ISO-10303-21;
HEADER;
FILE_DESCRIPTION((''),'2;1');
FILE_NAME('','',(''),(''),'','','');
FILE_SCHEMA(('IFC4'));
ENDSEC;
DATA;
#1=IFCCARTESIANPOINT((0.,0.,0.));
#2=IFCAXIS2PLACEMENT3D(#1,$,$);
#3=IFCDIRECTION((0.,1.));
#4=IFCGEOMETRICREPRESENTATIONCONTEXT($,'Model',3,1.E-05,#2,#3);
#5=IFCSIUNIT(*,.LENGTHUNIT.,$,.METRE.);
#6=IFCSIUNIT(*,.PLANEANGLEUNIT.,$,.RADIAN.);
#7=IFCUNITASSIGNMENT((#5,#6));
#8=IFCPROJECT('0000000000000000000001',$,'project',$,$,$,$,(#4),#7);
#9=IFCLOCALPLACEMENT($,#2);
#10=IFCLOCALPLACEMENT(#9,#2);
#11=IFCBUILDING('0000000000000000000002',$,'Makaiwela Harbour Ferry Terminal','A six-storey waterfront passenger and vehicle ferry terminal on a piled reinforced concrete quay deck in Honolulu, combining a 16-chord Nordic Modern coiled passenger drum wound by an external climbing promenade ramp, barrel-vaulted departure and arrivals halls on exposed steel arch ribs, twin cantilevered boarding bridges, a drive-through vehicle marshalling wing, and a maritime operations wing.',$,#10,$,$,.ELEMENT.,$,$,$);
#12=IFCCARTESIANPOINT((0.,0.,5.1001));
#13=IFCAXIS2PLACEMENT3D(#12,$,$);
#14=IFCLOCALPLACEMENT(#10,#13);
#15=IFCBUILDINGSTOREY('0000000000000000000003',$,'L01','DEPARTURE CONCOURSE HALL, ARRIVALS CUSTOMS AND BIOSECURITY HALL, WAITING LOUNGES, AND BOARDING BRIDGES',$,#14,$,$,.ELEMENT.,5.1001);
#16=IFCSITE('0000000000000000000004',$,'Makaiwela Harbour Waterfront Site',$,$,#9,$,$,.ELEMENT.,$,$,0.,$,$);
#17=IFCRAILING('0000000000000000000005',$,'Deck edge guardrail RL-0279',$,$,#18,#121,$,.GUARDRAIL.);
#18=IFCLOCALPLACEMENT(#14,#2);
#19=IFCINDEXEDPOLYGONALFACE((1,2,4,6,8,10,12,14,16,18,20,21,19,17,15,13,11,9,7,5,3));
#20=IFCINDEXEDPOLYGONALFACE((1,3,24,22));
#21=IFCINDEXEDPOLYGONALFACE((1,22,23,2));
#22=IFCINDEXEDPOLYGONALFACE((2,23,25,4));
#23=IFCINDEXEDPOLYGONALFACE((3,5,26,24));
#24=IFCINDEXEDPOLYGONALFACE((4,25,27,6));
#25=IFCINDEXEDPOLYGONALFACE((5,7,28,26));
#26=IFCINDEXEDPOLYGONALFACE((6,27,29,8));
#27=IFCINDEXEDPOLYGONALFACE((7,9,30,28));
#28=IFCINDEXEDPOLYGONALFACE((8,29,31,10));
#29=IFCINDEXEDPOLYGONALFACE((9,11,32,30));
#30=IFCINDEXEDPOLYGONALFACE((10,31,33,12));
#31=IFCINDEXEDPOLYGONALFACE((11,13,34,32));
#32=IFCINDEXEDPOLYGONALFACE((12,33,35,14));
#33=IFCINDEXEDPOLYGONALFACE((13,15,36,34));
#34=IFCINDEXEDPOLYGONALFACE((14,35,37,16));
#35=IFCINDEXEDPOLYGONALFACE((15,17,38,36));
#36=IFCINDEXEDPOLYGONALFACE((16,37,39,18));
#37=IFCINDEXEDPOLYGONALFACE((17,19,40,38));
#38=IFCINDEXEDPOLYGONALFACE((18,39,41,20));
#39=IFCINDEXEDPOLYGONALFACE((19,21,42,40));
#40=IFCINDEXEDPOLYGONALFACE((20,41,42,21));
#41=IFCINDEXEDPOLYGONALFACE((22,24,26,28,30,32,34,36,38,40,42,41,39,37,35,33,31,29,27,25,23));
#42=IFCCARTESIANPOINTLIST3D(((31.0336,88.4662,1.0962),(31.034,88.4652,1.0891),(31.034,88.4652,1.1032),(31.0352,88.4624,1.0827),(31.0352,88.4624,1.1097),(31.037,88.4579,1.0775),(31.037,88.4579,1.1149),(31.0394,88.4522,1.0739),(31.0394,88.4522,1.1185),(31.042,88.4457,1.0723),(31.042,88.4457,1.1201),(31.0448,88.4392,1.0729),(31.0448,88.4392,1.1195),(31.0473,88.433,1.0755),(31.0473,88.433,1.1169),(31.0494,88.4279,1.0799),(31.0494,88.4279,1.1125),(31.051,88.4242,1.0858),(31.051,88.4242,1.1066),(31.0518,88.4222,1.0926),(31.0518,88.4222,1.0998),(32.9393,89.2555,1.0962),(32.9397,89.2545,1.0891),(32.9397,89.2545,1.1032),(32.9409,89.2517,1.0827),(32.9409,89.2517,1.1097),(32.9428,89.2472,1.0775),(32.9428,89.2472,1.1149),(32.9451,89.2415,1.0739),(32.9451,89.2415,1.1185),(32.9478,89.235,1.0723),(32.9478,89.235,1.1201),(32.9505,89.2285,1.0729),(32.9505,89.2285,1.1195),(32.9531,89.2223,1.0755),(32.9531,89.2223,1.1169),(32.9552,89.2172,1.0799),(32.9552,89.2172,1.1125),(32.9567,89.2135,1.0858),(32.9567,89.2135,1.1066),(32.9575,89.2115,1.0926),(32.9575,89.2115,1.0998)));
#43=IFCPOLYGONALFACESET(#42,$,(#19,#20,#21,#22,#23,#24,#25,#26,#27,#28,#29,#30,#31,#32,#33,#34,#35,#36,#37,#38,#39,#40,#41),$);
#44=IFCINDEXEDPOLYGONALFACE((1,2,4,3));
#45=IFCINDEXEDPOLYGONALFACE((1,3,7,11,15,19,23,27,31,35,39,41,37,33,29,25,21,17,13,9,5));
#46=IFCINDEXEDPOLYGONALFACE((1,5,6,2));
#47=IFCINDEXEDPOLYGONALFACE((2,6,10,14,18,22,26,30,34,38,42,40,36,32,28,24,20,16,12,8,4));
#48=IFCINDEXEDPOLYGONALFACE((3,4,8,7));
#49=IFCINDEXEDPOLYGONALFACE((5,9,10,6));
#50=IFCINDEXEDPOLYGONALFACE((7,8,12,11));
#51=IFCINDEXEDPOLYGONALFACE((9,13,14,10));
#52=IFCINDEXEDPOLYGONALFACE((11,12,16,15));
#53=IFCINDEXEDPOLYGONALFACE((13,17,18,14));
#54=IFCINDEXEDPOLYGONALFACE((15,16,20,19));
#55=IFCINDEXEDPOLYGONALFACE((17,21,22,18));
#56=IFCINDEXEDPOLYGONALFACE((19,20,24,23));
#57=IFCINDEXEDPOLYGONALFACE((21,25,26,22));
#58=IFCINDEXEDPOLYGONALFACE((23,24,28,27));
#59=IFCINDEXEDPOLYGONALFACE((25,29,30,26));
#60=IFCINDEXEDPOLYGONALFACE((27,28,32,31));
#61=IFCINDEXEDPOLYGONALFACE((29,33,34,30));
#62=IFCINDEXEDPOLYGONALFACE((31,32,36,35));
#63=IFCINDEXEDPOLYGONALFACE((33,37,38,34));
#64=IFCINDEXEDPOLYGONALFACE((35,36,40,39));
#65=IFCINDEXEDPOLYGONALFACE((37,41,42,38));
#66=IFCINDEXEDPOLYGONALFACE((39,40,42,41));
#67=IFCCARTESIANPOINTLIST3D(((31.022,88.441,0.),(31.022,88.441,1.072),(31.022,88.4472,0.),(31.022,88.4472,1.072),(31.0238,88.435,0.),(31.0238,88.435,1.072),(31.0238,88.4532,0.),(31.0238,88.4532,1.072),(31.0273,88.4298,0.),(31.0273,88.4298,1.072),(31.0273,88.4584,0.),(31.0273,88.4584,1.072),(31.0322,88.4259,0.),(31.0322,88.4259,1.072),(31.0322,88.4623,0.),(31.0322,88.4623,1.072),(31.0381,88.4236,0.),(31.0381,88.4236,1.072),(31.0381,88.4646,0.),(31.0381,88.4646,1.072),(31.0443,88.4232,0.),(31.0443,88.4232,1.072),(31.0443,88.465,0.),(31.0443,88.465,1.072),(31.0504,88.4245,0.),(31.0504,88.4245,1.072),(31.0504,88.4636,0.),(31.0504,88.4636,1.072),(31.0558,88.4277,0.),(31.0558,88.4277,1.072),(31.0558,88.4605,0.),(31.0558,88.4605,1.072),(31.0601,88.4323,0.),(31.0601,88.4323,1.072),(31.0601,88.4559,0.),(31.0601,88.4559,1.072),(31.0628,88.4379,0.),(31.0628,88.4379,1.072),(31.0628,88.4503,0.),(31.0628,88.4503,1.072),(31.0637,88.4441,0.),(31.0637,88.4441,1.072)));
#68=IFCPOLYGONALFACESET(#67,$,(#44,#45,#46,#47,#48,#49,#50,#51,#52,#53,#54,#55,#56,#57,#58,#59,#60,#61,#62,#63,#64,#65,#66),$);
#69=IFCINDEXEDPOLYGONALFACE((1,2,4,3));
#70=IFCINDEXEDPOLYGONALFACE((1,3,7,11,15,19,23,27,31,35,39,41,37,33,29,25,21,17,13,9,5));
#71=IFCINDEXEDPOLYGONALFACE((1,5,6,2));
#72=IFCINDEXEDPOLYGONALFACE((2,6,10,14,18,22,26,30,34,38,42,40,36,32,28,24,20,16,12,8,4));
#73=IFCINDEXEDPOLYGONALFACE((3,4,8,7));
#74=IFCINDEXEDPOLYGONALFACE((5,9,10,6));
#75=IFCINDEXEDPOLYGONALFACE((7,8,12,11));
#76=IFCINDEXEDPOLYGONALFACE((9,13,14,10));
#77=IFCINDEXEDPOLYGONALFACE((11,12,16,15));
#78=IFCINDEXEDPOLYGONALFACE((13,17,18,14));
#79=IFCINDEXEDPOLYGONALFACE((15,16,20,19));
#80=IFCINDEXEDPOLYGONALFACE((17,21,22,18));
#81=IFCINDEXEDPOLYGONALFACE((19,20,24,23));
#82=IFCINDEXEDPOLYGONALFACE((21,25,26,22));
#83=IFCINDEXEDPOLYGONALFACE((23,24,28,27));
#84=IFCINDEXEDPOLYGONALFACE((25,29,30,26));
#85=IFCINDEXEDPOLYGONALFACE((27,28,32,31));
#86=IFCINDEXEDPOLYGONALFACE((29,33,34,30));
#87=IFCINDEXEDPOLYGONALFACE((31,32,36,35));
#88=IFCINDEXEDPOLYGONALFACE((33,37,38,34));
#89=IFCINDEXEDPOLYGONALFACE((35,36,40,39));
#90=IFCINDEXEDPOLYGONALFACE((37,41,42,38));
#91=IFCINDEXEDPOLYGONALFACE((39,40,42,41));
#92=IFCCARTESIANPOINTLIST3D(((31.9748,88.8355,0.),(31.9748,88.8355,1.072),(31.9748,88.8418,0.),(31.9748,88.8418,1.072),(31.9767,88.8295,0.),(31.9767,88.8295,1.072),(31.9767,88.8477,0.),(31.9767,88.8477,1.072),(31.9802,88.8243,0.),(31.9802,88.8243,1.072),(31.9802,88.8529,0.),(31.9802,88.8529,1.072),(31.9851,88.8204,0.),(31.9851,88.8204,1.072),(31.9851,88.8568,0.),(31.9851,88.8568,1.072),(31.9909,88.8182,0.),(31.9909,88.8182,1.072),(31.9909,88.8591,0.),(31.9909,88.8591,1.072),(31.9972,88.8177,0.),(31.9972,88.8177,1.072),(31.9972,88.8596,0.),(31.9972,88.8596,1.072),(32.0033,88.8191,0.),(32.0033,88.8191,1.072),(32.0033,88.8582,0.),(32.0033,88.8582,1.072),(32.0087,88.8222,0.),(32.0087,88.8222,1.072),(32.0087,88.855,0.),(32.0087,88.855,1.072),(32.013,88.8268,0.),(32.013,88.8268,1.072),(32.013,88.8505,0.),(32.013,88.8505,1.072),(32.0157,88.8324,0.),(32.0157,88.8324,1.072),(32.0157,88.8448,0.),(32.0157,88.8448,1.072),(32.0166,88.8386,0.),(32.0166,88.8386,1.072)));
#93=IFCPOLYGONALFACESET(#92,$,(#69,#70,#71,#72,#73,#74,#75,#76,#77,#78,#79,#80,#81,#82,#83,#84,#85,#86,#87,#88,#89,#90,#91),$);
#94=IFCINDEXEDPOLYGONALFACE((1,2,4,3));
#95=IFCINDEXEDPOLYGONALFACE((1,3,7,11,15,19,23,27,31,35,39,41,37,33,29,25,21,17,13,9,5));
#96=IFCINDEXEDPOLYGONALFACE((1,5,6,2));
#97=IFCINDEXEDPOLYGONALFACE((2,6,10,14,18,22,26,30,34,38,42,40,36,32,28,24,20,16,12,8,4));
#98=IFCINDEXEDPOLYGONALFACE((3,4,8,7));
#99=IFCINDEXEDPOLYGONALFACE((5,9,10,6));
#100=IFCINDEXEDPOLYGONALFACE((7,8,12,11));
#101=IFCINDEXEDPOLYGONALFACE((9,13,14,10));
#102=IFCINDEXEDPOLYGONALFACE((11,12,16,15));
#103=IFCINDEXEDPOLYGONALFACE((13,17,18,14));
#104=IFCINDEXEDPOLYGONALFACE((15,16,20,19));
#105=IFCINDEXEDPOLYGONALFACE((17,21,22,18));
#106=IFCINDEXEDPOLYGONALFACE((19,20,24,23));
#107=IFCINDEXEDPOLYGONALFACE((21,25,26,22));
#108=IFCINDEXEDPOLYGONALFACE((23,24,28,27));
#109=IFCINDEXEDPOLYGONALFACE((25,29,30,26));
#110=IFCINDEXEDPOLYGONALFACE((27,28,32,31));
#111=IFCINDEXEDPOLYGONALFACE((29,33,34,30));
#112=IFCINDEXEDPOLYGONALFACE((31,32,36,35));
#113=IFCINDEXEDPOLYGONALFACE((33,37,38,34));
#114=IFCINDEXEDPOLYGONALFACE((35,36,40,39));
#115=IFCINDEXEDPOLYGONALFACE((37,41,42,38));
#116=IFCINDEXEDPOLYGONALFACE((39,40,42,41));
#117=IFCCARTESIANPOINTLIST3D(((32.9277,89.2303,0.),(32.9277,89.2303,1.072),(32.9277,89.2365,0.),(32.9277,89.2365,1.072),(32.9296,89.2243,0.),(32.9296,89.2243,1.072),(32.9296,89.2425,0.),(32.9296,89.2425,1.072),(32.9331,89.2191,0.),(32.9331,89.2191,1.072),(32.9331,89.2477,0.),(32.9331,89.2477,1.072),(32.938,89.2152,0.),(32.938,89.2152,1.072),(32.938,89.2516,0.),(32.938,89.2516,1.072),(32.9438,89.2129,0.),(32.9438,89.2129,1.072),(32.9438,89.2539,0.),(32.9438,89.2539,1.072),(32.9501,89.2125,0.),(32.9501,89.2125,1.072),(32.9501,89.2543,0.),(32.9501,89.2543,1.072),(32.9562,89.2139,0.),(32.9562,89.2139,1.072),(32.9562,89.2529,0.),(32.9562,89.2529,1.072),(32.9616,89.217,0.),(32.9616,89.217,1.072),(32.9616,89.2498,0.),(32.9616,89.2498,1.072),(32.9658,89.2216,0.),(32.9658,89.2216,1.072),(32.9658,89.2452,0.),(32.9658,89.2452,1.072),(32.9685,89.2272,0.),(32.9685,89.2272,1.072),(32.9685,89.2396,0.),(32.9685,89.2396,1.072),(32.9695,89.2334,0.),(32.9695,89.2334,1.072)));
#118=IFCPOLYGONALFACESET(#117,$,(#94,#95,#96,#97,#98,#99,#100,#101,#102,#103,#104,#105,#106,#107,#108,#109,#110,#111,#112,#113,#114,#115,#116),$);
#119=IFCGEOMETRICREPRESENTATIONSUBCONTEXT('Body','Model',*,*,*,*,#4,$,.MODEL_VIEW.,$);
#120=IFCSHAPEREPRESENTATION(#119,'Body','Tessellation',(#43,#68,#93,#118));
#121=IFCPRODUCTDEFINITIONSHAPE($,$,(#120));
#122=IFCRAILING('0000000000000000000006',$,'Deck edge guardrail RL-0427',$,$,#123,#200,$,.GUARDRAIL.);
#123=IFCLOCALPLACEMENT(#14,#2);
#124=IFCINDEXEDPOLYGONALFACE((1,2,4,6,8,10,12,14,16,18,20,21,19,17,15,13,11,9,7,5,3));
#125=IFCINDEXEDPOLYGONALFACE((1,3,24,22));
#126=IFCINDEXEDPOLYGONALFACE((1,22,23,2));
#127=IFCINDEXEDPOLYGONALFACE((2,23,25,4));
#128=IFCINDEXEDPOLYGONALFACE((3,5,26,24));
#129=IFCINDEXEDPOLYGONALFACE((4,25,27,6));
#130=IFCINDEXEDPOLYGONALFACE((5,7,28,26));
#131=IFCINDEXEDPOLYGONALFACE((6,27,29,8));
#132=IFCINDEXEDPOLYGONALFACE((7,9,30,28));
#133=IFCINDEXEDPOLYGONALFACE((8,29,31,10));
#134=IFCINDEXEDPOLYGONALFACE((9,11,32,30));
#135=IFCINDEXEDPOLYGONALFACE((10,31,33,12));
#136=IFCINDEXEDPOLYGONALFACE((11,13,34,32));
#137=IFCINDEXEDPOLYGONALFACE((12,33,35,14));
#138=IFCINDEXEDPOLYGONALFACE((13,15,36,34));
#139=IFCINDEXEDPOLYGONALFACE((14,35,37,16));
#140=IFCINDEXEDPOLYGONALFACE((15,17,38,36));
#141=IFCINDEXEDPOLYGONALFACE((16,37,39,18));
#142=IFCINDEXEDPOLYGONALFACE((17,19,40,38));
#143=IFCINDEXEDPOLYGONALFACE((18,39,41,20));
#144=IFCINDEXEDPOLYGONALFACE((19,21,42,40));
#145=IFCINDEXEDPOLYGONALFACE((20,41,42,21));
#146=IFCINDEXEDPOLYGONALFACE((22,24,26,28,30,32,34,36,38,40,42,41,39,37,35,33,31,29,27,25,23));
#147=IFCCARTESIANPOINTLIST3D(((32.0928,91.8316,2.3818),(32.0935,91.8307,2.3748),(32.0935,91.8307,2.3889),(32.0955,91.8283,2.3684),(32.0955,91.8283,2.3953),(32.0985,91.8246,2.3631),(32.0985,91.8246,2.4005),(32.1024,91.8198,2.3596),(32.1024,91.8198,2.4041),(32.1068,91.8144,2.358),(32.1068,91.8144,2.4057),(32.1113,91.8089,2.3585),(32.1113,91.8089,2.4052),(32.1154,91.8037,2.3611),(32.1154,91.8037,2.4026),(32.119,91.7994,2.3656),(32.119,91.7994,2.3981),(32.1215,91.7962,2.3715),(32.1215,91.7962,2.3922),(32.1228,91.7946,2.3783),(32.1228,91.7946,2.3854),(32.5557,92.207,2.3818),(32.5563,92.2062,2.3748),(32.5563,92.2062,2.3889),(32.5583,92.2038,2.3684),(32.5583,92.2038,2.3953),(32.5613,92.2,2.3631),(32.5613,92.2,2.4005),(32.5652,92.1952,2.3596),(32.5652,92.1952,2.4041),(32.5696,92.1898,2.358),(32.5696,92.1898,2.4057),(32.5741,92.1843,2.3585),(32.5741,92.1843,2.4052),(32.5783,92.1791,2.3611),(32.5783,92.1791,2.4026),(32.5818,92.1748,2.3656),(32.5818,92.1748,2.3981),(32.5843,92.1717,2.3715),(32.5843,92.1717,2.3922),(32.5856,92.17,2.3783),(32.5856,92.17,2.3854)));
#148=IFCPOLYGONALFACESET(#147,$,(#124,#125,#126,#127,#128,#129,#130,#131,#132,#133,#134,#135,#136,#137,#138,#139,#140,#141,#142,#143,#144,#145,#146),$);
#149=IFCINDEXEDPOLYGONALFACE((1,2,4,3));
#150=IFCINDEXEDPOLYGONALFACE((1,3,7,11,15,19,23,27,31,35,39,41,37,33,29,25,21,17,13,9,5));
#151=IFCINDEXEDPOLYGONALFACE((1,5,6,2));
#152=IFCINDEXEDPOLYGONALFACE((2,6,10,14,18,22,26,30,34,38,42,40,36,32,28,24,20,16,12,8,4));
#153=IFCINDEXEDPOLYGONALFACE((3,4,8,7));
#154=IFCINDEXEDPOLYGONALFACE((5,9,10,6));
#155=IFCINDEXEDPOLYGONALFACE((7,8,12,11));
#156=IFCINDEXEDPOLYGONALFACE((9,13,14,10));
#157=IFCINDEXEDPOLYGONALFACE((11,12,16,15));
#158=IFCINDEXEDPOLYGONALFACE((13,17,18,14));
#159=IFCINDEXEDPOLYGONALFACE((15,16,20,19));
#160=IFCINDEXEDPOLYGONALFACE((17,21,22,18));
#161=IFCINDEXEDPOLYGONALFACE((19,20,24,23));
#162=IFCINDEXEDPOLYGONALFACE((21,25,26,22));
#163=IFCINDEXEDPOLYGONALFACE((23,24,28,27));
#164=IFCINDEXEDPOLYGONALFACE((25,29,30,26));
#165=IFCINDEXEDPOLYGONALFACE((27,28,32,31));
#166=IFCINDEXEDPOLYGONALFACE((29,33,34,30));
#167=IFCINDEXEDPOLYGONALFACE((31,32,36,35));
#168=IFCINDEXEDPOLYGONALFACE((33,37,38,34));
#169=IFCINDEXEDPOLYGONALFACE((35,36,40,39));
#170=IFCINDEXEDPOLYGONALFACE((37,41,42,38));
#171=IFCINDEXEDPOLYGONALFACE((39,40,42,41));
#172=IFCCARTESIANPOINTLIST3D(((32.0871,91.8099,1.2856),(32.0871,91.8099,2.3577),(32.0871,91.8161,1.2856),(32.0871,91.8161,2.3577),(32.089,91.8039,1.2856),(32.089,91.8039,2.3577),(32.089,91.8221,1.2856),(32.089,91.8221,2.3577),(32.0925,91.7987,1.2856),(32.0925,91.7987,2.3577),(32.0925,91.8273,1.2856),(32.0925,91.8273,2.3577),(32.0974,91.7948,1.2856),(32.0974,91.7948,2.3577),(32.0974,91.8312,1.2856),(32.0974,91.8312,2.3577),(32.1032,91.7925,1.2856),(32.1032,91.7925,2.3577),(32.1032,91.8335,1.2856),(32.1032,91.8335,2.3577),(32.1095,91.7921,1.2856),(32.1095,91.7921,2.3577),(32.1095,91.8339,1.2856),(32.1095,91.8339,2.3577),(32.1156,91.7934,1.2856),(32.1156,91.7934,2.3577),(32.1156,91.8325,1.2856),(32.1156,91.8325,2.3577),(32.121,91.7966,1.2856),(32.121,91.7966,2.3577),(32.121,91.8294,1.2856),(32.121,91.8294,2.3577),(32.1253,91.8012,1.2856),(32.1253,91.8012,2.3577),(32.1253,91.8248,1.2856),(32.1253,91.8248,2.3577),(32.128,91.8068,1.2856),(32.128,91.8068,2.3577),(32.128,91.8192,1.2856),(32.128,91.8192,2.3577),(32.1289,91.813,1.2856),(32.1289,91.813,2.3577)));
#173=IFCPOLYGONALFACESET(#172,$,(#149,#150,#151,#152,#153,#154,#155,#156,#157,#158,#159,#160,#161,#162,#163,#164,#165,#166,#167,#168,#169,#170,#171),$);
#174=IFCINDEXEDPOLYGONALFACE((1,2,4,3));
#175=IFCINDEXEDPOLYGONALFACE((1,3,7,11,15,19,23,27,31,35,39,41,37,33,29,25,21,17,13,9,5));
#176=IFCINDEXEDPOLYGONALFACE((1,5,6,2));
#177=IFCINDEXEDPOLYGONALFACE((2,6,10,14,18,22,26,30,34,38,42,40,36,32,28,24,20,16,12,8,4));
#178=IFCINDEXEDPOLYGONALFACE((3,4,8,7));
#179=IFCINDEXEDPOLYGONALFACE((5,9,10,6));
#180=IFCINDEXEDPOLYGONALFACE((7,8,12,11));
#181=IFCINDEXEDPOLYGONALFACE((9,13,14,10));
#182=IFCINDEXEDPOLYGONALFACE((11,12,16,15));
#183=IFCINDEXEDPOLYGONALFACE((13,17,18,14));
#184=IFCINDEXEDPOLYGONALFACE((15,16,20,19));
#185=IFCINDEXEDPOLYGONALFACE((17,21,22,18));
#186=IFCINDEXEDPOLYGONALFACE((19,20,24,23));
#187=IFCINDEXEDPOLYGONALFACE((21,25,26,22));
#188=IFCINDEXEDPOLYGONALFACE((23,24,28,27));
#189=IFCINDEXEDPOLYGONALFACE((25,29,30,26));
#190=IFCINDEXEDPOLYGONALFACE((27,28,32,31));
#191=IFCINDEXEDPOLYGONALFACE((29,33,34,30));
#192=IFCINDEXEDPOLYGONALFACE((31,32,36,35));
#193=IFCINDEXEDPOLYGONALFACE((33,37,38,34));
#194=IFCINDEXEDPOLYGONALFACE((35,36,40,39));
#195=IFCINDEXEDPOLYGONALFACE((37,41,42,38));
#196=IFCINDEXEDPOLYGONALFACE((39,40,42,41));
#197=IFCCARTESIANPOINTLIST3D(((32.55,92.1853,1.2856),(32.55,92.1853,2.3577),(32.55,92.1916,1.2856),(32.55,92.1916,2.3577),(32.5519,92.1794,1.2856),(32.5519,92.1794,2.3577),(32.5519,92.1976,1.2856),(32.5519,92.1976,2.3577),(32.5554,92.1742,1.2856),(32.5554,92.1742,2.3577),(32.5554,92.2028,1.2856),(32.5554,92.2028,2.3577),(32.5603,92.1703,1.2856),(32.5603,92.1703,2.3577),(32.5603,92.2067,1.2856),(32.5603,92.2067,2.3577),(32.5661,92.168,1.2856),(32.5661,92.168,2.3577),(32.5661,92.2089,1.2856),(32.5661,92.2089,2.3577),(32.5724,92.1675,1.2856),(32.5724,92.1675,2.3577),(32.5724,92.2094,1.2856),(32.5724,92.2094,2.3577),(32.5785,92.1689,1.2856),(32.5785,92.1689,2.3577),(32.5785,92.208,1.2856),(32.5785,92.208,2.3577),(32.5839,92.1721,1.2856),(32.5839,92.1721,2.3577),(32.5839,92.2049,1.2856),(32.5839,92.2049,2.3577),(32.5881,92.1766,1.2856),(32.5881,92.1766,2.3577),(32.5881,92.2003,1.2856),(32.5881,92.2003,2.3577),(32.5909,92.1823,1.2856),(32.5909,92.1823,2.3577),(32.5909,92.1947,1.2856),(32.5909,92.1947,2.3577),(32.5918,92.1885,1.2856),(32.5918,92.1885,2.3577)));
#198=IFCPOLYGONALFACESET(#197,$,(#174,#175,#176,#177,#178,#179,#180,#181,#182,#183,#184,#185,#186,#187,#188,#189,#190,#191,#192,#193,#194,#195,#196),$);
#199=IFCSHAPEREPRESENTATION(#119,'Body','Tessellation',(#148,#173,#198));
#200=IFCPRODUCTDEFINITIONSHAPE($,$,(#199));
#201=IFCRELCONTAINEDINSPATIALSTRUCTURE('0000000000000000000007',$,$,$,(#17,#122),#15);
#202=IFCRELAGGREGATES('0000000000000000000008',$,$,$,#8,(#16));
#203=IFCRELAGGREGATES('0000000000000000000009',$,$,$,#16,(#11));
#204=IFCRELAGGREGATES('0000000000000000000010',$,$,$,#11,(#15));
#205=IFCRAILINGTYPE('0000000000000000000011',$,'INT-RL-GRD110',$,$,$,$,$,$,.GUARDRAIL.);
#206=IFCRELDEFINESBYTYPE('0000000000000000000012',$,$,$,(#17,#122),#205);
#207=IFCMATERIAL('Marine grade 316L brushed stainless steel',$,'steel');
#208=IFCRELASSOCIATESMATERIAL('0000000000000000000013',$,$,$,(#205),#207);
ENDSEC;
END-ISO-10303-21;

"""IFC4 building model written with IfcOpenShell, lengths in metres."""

from ifc_helpers import new_model, si_unit, direction, frame, origin, origin_2d, place, context, subcontext, project, spatial, circle, extrude, material, type_object, element, save


model = new_model("IFC4")

# Units and contexts
model_context = context("Model", 3, precision=1e-05, world=origin(), true_north=direction((0.0, 1.0)))
body_context = subcontext(model_context, "Body", "Model", "MODEL_VIEW")
ifc_project = project(units=[si_unit("LENGTHUNIT", "METRE"), si_unit("PLANEANGLEUNIT", "RADIAN")], contexts=[model_context])

# Site, building, storey
site_placement = place(None, origin())
site = spatial("IfcSite", under=ifc_project, at=site_placement, Name="Makaiwela Harbour Waterfront Site", CompositionType="ELEMENT", RefElevation=0.0)
building_placement = place(site_placement, origin())
building = spatial("IfcBuilding", under=site, at=building_placement, Name="Makaiwela Harbour Ferry Terminal", Description="A six-storey waterfront passenger and vehicle ferry terminal on a piled reinforced concrete quay deck in Honolulu, combining a 16-chord Nordic Modern coiled passenger drum wound by an external climbing promenade ramp, barrel-vaulted departure and arrivals halls on exposed steel arch ribs, twin cantilevered boarding bridges, a drive-through vehicle marshalling wing, and a maritime operations wing.", CompositionType="ELEMENT")
storey_placement = place(building_placement, frame((0.0, 0.0, 5.1001)))
storey = spatial("IfcBuildingStorey", under=building, at=storey_placement, Name="L01", Description="DEPARTURE CONCOURSE HALL, ARRIVALS CUSTOMS AND BIOSECURITY HALL, WAITING LOUNGES, AND BOARDING BRIDGES", CompositionType="ELEMENT", Elevation=5.1001)

# Railings
ifc_material_1 = material(Name="Marine grade 316L brushed stainless steel", Category="steel")
railing_type_1 = type_object("IfcRailingType", Name="INT-RL-GRD110", PredefinedType="GUARDRAIL", material=ifc_material_1)
railing_1_placement = place(storey_placement, frame((31.0427, 88.4441, 0.0)))
element("IfcRailing", 1, at=railing_1_placement, inside=storey, type_object=railing_type_1, Name="Deck edge guardrail RL-0279", PredefinedType="GUARDRAIL", context=body_context, shape_type="SweptSolid", body=[
    extrude(circle(Radius=0.0239, at=origin_2d()), frame((0.0, 0.0, 1.0962), z_axis=(0.923894, 0.382648, 0.0), x_axis=(-0.382648, 0.923894, 0.0)), (0.0, 0.0, 1.0), 2.0627),
    extrude(circle(Radius=0.021, at=origin_2d()), origin(), (0.0, 0.0, 1.0), 1.072),
    extrude(circle(Radius=0.021, at=origin_2d()), frame((0.9529, 0.3945, 0.0)), (0.0, 0.0, 1.0), 1.072),
    extrude(circle(Radius=0.021, at=origin_2d()), frame((1.9058, 0.7893, 0.0)), (0.0, 0.0, 1.0), 1.072),
])
railing_2_placement = place(storey_placement, frame((32.1079, 91.813, 1.2856)))
element("IfcRailing", 2, at=railing_2_placement, inside=storey, type_object=railing_type_1, Name="Deck edge guardrail RL-0427", PredefinedType="GUARDRAIL", context=body_context, shape_type="SweptSolid", body=[
    extrude(circle(Radius=0.0239, at=origin_2d()), frame((0.0, 0.0, 1.0962), z_axis=(0.776615, 0.629976, 0.0), x_axis=(-0.629976, 0.776615, 0.0)), (0.0, 0.0, 1.0), 0.5959),
    extrude(circle(Radius=0.021, at=origin_2d()), origin(), (0.0, 0.0, 1.0), 1.072),
    extrude(circle(Radius=0.021, at=origin_2d()), frame((0.4629, 0.3755, 0.0)), (0.0, 0.0, 1.0), 1.072),
])

save(model, "model.ifc")
